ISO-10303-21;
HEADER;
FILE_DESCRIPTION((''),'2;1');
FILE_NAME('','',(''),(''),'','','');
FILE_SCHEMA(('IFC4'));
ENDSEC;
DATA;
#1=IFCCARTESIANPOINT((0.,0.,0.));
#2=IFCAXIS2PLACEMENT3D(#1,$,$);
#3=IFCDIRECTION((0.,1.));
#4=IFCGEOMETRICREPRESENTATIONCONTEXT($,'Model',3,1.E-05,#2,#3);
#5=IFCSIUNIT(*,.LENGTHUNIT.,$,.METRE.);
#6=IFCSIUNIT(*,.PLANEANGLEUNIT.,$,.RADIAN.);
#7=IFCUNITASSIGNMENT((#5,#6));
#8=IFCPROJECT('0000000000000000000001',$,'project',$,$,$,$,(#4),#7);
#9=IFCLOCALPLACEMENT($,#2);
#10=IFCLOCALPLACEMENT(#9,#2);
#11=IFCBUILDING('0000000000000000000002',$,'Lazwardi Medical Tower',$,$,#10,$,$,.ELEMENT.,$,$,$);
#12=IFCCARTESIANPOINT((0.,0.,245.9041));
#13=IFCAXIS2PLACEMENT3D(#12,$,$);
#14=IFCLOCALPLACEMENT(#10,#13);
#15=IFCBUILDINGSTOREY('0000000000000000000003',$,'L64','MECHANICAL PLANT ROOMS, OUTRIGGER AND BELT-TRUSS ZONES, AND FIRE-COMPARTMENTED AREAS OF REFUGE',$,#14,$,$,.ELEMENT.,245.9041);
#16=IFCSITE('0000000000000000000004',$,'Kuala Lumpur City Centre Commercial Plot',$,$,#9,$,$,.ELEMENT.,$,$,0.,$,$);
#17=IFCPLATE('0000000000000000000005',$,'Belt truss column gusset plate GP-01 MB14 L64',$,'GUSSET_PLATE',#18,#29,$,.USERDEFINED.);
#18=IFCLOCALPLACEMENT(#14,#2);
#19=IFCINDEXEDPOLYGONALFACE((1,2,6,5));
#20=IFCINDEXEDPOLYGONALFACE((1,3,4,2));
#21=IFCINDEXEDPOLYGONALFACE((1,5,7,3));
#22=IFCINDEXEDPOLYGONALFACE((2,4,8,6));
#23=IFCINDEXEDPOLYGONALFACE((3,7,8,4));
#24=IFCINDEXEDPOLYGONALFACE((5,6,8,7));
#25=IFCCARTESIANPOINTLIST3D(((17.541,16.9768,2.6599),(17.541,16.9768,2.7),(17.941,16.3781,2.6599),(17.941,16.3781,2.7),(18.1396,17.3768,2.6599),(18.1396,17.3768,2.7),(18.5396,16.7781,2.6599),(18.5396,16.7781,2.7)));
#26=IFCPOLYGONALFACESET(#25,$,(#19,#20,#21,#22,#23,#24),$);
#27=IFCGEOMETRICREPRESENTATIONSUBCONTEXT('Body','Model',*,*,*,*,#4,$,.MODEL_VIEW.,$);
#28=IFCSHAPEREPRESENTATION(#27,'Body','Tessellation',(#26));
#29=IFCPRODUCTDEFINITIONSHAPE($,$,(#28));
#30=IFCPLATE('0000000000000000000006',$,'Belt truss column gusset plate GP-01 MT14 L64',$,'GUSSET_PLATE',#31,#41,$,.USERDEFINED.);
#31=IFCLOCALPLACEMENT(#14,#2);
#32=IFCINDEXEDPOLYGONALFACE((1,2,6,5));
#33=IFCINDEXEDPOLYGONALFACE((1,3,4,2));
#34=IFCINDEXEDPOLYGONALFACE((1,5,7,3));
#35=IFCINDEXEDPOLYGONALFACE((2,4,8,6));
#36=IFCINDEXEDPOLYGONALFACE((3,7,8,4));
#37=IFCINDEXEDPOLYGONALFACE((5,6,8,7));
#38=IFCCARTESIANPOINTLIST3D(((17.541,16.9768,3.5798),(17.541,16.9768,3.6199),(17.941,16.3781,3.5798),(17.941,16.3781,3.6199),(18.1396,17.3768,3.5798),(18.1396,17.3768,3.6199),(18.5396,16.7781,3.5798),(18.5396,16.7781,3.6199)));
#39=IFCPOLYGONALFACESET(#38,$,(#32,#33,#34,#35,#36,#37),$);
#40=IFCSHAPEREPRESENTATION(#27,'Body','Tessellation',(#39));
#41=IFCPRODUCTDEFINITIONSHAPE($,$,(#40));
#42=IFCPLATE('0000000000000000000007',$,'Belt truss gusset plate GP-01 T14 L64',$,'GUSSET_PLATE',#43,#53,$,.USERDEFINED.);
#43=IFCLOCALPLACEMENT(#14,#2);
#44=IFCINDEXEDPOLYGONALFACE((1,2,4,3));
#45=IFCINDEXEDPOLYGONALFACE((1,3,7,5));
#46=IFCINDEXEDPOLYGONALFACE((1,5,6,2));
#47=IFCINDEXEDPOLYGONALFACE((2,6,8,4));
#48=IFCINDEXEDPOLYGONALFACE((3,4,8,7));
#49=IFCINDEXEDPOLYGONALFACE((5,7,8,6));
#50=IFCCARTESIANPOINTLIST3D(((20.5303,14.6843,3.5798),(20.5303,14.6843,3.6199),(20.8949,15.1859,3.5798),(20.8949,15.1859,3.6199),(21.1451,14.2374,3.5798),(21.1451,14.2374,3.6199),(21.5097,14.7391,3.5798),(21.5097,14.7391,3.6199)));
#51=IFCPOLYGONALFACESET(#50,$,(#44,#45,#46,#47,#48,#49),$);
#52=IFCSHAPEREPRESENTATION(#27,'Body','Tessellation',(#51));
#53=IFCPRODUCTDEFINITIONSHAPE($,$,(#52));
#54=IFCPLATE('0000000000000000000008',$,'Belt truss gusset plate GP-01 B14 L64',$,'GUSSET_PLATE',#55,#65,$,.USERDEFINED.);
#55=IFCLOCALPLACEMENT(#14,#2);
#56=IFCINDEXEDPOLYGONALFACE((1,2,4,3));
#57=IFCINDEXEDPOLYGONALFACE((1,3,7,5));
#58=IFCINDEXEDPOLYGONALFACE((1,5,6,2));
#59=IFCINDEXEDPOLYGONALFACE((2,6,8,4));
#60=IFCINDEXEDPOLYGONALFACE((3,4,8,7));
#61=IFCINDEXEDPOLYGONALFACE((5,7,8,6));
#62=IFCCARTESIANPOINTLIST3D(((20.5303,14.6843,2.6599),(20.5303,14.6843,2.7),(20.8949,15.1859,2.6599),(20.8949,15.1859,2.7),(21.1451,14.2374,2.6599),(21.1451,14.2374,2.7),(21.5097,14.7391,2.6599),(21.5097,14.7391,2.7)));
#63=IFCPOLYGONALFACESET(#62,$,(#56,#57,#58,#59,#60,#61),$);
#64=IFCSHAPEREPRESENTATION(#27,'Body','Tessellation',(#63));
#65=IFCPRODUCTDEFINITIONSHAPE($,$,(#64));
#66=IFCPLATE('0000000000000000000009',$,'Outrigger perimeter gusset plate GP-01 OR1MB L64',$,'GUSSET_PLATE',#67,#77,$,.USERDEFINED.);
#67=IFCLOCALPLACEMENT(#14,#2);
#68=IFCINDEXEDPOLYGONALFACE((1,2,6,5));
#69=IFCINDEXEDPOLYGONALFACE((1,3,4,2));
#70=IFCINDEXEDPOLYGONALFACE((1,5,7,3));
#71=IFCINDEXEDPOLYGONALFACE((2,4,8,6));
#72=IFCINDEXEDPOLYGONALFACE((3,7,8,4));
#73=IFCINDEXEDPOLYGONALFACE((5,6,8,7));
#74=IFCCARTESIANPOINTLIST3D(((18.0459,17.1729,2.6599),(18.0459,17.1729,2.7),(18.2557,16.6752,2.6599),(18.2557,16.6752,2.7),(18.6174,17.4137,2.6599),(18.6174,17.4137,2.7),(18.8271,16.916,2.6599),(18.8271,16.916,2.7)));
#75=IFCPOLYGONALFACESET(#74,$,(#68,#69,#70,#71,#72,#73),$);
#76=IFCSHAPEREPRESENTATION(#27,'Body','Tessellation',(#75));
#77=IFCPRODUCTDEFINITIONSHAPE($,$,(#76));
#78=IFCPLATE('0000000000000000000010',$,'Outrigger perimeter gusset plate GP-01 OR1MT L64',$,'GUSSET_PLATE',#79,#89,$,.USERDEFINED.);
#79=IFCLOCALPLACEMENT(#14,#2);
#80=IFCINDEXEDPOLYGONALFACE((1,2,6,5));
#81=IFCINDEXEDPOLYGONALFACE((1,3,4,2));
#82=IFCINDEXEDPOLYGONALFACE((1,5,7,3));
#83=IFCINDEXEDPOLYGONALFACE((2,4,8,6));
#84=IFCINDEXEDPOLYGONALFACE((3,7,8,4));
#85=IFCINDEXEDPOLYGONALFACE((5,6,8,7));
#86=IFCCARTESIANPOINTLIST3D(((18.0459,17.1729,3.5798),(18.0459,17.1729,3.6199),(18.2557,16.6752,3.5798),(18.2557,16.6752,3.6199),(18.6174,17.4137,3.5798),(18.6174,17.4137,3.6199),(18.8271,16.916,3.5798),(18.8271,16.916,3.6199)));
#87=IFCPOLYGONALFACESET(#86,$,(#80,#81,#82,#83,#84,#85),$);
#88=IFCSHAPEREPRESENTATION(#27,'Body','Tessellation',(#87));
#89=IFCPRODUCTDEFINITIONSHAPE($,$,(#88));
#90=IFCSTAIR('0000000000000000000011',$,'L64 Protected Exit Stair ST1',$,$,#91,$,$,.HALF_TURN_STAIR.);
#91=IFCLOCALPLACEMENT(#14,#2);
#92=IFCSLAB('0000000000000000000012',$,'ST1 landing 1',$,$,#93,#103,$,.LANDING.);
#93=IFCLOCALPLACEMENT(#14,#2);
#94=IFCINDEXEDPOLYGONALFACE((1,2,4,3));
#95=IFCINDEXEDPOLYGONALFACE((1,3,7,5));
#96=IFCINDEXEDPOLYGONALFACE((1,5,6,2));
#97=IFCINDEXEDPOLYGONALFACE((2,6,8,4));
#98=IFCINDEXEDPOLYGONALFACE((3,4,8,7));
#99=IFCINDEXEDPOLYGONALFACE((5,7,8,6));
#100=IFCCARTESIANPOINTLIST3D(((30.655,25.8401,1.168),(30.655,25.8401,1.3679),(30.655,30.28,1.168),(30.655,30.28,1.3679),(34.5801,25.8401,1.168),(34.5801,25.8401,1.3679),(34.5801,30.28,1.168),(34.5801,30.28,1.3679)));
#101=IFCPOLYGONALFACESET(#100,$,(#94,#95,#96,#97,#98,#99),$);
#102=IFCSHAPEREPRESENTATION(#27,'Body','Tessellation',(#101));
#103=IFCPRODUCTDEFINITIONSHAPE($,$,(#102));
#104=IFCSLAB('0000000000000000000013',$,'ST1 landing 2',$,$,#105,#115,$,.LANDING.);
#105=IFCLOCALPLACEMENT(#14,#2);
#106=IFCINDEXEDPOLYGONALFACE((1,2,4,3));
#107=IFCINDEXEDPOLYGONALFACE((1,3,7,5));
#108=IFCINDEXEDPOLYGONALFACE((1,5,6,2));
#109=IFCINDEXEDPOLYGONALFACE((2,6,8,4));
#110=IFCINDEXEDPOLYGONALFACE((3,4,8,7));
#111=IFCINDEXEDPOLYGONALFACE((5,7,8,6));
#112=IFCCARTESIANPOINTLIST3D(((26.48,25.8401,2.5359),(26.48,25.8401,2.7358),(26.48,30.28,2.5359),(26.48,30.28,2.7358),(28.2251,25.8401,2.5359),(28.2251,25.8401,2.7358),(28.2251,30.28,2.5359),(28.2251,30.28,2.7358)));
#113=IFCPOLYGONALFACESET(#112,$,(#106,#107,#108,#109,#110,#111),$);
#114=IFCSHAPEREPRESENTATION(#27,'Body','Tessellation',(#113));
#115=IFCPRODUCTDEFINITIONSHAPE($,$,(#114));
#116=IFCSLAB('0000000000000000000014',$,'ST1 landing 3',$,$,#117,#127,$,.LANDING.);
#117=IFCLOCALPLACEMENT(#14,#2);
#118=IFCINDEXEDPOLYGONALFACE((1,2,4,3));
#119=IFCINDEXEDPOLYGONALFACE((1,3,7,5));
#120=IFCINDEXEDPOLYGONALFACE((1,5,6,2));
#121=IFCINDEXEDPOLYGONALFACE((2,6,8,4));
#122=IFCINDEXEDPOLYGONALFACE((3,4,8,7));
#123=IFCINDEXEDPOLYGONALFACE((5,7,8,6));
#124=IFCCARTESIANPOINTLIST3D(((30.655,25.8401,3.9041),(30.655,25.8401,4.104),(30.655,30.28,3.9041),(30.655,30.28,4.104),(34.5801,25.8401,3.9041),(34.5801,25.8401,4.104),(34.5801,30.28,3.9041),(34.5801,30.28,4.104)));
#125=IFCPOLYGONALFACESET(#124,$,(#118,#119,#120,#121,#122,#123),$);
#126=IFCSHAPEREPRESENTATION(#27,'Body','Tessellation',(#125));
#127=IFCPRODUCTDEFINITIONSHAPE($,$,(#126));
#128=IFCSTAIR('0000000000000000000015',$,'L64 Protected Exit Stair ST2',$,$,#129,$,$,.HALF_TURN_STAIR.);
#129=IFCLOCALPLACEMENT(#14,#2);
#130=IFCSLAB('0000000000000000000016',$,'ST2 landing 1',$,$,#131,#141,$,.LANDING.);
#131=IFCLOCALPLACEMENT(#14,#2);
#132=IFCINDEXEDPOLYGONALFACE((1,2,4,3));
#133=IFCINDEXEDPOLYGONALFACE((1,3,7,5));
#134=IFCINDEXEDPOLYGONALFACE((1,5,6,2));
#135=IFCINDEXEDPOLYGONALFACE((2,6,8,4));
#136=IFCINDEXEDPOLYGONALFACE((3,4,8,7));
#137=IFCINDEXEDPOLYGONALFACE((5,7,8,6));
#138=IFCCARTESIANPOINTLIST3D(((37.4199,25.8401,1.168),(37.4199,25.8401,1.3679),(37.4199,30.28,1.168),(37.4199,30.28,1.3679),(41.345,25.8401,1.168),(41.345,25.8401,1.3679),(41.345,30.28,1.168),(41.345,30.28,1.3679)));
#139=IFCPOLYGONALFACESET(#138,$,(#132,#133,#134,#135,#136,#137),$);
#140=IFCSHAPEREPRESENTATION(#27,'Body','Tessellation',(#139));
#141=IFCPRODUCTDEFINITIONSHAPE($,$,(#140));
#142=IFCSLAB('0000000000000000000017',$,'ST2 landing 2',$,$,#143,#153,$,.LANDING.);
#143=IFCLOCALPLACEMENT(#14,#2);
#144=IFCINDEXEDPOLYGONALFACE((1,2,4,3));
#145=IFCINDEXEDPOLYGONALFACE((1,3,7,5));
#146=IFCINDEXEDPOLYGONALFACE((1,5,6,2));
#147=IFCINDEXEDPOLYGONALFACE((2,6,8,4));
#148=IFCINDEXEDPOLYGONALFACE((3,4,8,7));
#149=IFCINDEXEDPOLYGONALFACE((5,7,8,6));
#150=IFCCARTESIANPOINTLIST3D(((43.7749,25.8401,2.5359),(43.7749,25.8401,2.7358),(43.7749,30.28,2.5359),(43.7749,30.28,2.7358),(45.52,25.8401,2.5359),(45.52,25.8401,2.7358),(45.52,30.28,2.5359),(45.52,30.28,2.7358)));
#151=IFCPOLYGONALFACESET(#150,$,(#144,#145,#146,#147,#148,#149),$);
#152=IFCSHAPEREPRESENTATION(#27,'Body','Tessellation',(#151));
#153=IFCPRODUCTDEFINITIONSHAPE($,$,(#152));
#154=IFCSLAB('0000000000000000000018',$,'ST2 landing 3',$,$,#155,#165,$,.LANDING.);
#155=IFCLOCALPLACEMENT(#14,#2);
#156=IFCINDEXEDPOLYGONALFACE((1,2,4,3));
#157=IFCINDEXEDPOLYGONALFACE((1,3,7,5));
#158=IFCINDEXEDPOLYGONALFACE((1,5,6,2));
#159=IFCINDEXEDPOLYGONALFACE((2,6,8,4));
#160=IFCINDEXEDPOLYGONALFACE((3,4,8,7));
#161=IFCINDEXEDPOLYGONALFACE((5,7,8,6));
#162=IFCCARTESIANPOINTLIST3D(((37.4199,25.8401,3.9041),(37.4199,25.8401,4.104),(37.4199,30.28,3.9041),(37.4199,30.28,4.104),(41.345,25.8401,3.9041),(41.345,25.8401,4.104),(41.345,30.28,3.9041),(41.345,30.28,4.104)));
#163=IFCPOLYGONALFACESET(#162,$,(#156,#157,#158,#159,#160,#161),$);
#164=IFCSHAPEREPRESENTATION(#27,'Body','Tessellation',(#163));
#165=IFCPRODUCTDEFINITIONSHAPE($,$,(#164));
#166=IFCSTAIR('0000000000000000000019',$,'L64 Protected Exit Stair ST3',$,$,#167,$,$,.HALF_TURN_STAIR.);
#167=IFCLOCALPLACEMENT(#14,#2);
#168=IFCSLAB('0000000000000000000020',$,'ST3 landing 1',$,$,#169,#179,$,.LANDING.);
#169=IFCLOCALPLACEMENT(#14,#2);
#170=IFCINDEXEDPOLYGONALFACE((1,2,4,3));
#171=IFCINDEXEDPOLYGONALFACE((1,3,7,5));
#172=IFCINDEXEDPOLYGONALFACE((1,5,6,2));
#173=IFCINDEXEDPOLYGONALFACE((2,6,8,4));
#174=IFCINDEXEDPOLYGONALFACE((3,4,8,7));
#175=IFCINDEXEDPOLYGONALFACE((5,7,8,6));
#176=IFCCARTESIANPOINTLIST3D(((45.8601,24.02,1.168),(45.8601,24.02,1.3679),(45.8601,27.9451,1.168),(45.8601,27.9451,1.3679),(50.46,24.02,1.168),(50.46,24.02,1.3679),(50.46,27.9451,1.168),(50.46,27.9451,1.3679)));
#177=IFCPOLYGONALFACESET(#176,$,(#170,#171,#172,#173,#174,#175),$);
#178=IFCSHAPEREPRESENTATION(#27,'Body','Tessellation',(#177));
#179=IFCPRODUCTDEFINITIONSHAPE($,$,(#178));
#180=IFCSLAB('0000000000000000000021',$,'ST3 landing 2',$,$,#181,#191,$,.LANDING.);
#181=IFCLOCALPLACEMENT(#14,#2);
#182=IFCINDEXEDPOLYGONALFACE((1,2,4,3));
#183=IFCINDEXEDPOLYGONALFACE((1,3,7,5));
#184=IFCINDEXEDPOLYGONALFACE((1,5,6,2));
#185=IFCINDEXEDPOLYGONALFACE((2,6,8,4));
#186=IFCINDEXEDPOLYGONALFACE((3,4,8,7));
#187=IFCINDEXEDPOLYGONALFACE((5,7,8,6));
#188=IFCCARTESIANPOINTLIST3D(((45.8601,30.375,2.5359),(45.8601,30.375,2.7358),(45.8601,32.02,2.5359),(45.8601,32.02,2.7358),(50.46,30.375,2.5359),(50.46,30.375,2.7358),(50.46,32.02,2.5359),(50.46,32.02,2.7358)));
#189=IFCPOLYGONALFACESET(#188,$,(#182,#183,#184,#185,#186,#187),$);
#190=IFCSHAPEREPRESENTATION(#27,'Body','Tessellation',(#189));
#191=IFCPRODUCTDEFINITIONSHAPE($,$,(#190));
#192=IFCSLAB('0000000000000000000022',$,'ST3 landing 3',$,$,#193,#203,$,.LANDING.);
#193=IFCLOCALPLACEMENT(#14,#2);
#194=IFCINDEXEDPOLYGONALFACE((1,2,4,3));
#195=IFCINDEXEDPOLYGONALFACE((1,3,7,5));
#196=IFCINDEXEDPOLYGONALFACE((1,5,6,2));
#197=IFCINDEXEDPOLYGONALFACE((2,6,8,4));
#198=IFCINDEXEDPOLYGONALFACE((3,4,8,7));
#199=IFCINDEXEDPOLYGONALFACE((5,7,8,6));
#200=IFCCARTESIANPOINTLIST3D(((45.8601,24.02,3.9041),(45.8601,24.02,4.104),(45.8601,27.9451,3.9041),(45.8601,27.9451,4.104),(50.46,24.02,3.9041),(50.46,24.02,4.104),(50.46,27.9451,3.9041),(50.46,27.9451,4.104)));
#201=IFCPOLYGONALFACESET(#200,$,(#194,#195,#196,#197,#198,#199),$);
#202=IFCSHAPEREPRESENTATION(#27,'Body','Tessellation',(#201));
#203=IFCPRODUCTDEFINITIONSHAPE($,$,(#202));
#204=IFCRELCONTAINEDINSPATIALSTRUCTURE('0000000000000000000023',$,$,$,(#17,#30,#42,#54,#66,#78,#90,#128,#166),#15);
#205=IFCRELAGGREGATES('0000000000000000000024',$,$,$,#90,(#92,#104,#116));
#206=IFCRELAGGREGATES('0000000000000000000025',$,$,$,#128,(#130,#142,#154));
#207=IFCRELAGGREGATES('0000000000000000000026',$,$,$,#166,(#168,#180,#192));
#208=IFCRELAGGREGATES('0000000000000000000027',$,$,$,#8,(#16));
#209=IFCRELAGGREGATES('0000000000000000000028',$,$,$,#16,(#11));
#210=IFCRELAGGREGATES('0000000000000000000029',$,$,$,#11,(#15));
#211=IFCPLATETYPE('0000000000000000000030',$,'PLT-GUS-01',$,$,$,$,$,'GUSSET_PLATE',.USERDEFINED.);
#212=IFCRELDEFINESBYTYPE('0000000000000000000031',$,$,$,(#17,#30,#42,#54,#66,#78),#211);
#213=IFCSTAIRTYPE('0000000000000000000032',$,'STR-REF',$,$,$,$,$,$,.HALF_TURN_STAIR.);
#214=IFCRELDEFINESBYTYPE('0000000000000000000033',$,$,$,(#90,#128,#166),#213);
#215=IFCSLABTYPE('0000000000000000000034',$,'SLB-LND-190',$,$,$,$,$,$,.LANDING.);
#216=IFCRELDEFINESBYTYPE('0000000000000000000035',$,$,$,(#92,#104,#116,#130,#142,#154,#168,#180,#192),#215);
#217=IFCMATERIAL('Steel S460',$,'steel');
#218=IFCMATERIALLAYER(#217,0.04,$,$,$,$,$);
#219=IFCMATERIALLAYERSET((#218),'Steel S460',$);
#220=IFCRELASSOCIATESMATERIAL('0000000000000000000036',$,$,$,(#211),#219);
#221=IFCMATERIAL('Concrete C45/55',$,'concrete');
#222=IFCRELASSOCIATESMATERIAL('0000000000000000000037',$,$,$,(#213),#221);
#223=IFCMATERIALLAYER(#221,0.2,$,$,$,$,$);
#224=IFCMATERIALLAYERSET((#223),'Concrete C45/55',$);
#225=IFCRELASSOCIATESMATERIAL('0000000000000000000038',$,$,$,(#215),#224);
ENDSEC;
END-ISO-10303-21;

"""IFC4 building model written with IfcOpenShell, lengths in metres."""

from ifc_helpers import new_model, si_unit, direction, frame, origin, origin_2d, place, context, subcontext, project, spatial, polyline, rectangle, outline, extrude, material, layer, layer_set, type_object, element, aggregate, save


model = new_model("IFC4")

# Units and contexts
model_context = context("Model", 3, precision=1e-05, world=origin(), true_north=direction((0.0, 1.0)))
body_context = subcontext(model_context, "Body", "Model", "MODEL_VIEW")
ifc_project = project(units=[si_unit("LENGTHUNIT", "METRE"), si_unit("PLANEANGLEUNIT", "RADIAN")], contexts=[model_context])

# Site, building, storey
site_placement = place(None, origin())
site = spatial("IfcSite", under=ifc_project, at=site_placement, Name="Kuala Lumpur City Centre Commercial Plot", CompositionType="ELEMENT", RefElevation=0.0)
building_placement = place(site_placement, origin())
building = spatial("IfcBuilding", under=site, at=building_placement, Name="Lazwardi Medical Tower", CompositionType="ELEMENT")
storey_placement = place(building_placement, frame((0.0, 0.0, 245.9041)))
storey = spatial("IfcBuildingStorey", under=building, at=storey_placement, Name="L64", Description="MECHANICAL PLANT ROOMS, OUTRIGGER AND BELT-TRUSS ZONES, AND FIRE-COMPARTMENTED AREAS OF REFUGE", CompositionType="ELEMENT", Elevation=245.9041)

# Shared definitions
ifc_material_1 = material(Name="Steel S460", Category="steel")

# Plates
ifc_layer_1 = layer(ifc_material_1, 0.04)
ifc_layer_set_1 = layer_set([ifc_layer_1], Name="Steel S460")
plate_type = type_object("IfcPlateType", Name="PLT-GUS-01", ElementType="GUSSET_PLATE", PredefinedType="USERDEFINED", material=ifc_layer_set_1)
for number, where, z_axis, x_axis, name in (
    (1, (18.0403, 16.8774, 2.6599), (0.0, 0.0, 1.0), (-0.83147, -0.55557, 0.0), "Belt truss column gusset plate GP-01 MB14 L64"),
    (2, (18.0403, 16.8774, 3.5798), (0.0, 0.0, 1.0), (-0.83147, -0.55557, 0.0), "Belt truss column gusset plate GP-01 MT14 L64"),
):
    element("IfcPlate", number, at=place(storey_placement, frame(where, z_axis=z_axis, x_axis=x_axis)), inside=storey, type_object=plate_type, Name=name, ObjectType="GUSSET_PLATE", PredefinedType="USERDEFINED", context=body_context, shape_type="SweptSolid", body=[
        extrude(rectangle(XDim=0.72, YDim=0.72, at=origin_2d()), origin(), (0.0, 0.0, 1.0), 0.04),
    ])
for number, where, z_axis, x_axis, name in (
    (3, (21.02, 14.7117, 3.5798), (0.0, 0.0, 1.0), (0.808914, -0.587926, 0.0), "Belt truss gusset plate GP-01 T14 L64"),
    (4, (21.02, 14.7117, 2.6599), (0.0, 0.0, 1.0), (0.808914, -0.587926, 0.0), "Belt truss gusset plate GP-01 B14 L64"),
):
    element("IfcPlate", number, at=place(storey_placement, frame(where, z_axis=z_axis, x_axis=x_axis)), inside=storey, type_object=plate_type, Name=name, ObjectType="GUSSET_PLATE", PredefinedType="USERDEFINED", context=body_context, shape_type="SweptSolid", body=[
        extrude(rectangle(XDim=0.76, YDim=0.6201, at=origin_2d()), origin(), (0.0, 0.0, 1.0), 0.04),
    ])
for number, where, z_axis, x_axis, name in (
    (5, (18.4365, 17.0444, 2.6599), (0.0, 0.0, 1.0), (-0.921525, -0.38832, 0.0), "Outrigger perimeter gusset plate GP-01 OR1MB L64"),
    (6, (18.4365, 17.0444, 3.5798), (0.0, 0.0, 1.0), (-0.921525, -0.38832, 0.0), "Outrigger perimeter gusset plate GP-01 OR1MT L64"),
):
    element("IfcPlate", number, at=place(storey_placement, frame(where, z_axis=z_axis, x_axis=x_axis)), inside=storey, type_object=plate_type, Name=name, ObjectType="GUSSET_PLATE", PredefinedType="USERDEFINED", context=body_context, shape_type="SweptSolid", body=[
        extrude(rectangle(XDim=0.6201, YDim=0.54, at=origin_2d()), origin(), (0.0, 0.0, 1.0), 0.04),
    ])

# Stairs, slabs
ifc_material_2 = material(Name="Concrete C45/55", Category="concrete")
stair_type = type_object("IfcStairType", Name="STR-REF", PredefinedType="HALF_TURN_STAIR", material=ifc_material_2)
stair_1_placement = place(storey_placement, origin())
stair_1 = element("IfcStair", 7, at=stair_1_placement, inside=storey, type_object=stair_type, Name="L64 Protected Exit Stair ST1", PredefinedType="HALF_TURN_STAIR")
ifc_layer_2 = layer(ifc_material_2, 0.2)
ifc_layer_set_2 = layer_set([ifc_layer_2], Name="Concrete C45/55")
slab_type_1 = type_object("IfcSlabType", Name="SLB-LND-190", PredefinedType="LANDING", material=ifc_layer_set_2)
slab_1_placement = place(storey_placement, frame((0.0, 0.0, 1.168)))
slab_1 = element("IfcSlab", 8, at=slab_1_placement, type_object=slab_type_1, Name="ST1 landing 1", PredefinedType="LANDING", context=body_context, shape_type="SweptSolid", body=[
    extrude(outline(polyline([(30.655, 25.8401), (34.5801, 25.8401), (34.5801, 30.28), (30.655, 30.28), (30.655, 25.8401)])), origin(), (0.0, 0.0, 1.0), 0.2),
])
slab_2_placement = place(storey_placement, frame((0.0, 0.0, 2.5359)))
slab_2 = element("IfcSlab", 9, at=slab_2_placement, type_object=slab_type_1, Name="ST1 landing 2", PredefinedType="LANDING", context=body_context, shape_type="SweptSolid", body=[
    extrude(outline(polyline([(26.48, 25.8401), (28.2251, 25.8401), (28.2251, 30.28), (26.48, 30.28), (26.48, 25.8401)])), origin(), (0.0, 0.0, 1.0), 0.2),
])
slab_3_placement = place(storey_placement, frame((0.0, 0.0, 3.9041)))
slab_3 = element("IfcSlab", 10, at=slab_3_placement, type_object=slab_type_1, Name="ST1 landing 3", PredefinedType="LANDING", context=body_context, shape_type="SweptSolid", body=[
    extrude(outline(polyline([(30.655, 25.8401), (34.5801, 25.8401), (34.5801, 30.28), (30.655, 30.28), (30.655, 25.8401)])), origin(), (0.0, 0.0, 1.0), 0.2),
])
aggregate(stair_1, [slab_1, slab_2, slab_3])
stair_2_placement = place(storey_placement, origin())
stair_2 = element("IfcStair", 11, at=stair_2_placement, inside=storey, type_object=stair_type, Name="L64 Protected Exit Stair ST2", PredefinedType="HALF_TURN_STAIR")
slab_4_placement = place(storey_placement, frame((0.0, 0.0, 1.168)))
slab_4 = element("IfcSlab", 12, at=slab_4_placement, type_object=slab_type_1, Name="ST2 landing 1", PredefinedType="LANDING", context=body_context, shape_type="SweptSolid", body=[
    extrude(outline(polyline([(41.345, 30.28), (37.4199, 30.28), (37.4199, 25.8401), (41.345, 25.8401), (41.345, 30.28)])), origin(), (0.0, 0.0, 1.0), 0.2),
])
slab_5_placement = place(storey_placement, frame((0.0, 0.0, 2.5359)))
slab_5 = element("IfcSlab", 13, at=slab_5_placement, type_object=slab_type_1, Name="ST2 landing 2", PredefinedType="LANDING", context=body_context, shape_type="SweptSolid", body=[
    extrude(outline(polyline([(45.52, 30.28), (43.7749, 30.28), (43.7749, 25.8401), (45.52, 25.8401), (45.52, 30.28)])), origin(), (0.0, 0.0, 1.0), 0.2),
])
slab_6_placement = place(storey_placement, frame((0.0, 0.0, 3.9041)))
slab_6 = element("IfcSlab", 14, at=slab_6_placement, type_object=slab_type_1, Name="ST2 landing 3", PredefinedType="LANDING", context=body_context, shape_type="SweptSolid", body=[
    extrude(outline(polyline([(41.345, 30.28), (37.4199, 30.28), (37.4199, 25.8401), (41.345, 25.8401), (41.345, 30.28)])), origin(), (0.0, 0.0, 1.0), 0.2),
])
aggregate(stair_2, [slab_4, slab_5, slab_6])
stair_3_placement = place(storey_placement, origin())
stair_3 = element("IfcStair", 15, at=stair_3_placement, inside=storey, type_object=stair_type, Name="L64 Protected Exit Stair ST3", PredefinedType="HALF_TURN_STAIR")
slab_7_placement = place(storey_placement, frame((0.0, 0.0, 1.168)))
slab_7 = element("IfcSlab", 16, at=slab_7_placement, type_object=slab_type_1, Name="ST3 landing 1", PredefinedType="LANDING", context=body_context, shape_type="SweptSolid", body=[
    extrude(outline(polyline([(45.8601, 27.9451), (45.8601, 24.02), (50.46, 24.02), (50.46, 27.9451), (45.8601, 27.9451)])), origin(), (0.0, 0.0, 1.0), 0.2),
])
slab_8_placement = place(storey_placement, frame((0.0, 0.0, 2.5359)))
slab_8 = element("IfcSlab", 17, at=slab_8_placement, type_object=slab_type_1, Name="ST3 landing 2", PredefinedType="LANDING", context=body_context, shape_type="SweptSolid", body=[
    extrude(outline(polyline([(45.8601, 32.02), (45.8601, 30.375), (50.46, 30.375), (50.46, 32.02), (45.8601, 32.02)])), origin(), (0.0, 0.0, 1.0), 0.2),
])
slab_9_placement = place(storey_placement, frame((0.0, 0.0, 3.9041)))
slab_9 = element("IfcSlab", 18, at=slab_9_placement, type_object=slab_type_1, Name="ST3 landing 3", PredefinedType="LANDING", context=body_context, shape_type="SweptSolid", body=[
    extrude(outline(polyline([(45.8601, 27.9451), (45.8601, 24.02), (50.46, 24.02), (50.46, 27.9451), (45.8601, 27.9451)])), origin(), (0.0, 0.0, 1.0), 0.2),
])
aggregate(stair_3, [slab_7, slab_8, slab_9])

save(model, "model.ifc")
